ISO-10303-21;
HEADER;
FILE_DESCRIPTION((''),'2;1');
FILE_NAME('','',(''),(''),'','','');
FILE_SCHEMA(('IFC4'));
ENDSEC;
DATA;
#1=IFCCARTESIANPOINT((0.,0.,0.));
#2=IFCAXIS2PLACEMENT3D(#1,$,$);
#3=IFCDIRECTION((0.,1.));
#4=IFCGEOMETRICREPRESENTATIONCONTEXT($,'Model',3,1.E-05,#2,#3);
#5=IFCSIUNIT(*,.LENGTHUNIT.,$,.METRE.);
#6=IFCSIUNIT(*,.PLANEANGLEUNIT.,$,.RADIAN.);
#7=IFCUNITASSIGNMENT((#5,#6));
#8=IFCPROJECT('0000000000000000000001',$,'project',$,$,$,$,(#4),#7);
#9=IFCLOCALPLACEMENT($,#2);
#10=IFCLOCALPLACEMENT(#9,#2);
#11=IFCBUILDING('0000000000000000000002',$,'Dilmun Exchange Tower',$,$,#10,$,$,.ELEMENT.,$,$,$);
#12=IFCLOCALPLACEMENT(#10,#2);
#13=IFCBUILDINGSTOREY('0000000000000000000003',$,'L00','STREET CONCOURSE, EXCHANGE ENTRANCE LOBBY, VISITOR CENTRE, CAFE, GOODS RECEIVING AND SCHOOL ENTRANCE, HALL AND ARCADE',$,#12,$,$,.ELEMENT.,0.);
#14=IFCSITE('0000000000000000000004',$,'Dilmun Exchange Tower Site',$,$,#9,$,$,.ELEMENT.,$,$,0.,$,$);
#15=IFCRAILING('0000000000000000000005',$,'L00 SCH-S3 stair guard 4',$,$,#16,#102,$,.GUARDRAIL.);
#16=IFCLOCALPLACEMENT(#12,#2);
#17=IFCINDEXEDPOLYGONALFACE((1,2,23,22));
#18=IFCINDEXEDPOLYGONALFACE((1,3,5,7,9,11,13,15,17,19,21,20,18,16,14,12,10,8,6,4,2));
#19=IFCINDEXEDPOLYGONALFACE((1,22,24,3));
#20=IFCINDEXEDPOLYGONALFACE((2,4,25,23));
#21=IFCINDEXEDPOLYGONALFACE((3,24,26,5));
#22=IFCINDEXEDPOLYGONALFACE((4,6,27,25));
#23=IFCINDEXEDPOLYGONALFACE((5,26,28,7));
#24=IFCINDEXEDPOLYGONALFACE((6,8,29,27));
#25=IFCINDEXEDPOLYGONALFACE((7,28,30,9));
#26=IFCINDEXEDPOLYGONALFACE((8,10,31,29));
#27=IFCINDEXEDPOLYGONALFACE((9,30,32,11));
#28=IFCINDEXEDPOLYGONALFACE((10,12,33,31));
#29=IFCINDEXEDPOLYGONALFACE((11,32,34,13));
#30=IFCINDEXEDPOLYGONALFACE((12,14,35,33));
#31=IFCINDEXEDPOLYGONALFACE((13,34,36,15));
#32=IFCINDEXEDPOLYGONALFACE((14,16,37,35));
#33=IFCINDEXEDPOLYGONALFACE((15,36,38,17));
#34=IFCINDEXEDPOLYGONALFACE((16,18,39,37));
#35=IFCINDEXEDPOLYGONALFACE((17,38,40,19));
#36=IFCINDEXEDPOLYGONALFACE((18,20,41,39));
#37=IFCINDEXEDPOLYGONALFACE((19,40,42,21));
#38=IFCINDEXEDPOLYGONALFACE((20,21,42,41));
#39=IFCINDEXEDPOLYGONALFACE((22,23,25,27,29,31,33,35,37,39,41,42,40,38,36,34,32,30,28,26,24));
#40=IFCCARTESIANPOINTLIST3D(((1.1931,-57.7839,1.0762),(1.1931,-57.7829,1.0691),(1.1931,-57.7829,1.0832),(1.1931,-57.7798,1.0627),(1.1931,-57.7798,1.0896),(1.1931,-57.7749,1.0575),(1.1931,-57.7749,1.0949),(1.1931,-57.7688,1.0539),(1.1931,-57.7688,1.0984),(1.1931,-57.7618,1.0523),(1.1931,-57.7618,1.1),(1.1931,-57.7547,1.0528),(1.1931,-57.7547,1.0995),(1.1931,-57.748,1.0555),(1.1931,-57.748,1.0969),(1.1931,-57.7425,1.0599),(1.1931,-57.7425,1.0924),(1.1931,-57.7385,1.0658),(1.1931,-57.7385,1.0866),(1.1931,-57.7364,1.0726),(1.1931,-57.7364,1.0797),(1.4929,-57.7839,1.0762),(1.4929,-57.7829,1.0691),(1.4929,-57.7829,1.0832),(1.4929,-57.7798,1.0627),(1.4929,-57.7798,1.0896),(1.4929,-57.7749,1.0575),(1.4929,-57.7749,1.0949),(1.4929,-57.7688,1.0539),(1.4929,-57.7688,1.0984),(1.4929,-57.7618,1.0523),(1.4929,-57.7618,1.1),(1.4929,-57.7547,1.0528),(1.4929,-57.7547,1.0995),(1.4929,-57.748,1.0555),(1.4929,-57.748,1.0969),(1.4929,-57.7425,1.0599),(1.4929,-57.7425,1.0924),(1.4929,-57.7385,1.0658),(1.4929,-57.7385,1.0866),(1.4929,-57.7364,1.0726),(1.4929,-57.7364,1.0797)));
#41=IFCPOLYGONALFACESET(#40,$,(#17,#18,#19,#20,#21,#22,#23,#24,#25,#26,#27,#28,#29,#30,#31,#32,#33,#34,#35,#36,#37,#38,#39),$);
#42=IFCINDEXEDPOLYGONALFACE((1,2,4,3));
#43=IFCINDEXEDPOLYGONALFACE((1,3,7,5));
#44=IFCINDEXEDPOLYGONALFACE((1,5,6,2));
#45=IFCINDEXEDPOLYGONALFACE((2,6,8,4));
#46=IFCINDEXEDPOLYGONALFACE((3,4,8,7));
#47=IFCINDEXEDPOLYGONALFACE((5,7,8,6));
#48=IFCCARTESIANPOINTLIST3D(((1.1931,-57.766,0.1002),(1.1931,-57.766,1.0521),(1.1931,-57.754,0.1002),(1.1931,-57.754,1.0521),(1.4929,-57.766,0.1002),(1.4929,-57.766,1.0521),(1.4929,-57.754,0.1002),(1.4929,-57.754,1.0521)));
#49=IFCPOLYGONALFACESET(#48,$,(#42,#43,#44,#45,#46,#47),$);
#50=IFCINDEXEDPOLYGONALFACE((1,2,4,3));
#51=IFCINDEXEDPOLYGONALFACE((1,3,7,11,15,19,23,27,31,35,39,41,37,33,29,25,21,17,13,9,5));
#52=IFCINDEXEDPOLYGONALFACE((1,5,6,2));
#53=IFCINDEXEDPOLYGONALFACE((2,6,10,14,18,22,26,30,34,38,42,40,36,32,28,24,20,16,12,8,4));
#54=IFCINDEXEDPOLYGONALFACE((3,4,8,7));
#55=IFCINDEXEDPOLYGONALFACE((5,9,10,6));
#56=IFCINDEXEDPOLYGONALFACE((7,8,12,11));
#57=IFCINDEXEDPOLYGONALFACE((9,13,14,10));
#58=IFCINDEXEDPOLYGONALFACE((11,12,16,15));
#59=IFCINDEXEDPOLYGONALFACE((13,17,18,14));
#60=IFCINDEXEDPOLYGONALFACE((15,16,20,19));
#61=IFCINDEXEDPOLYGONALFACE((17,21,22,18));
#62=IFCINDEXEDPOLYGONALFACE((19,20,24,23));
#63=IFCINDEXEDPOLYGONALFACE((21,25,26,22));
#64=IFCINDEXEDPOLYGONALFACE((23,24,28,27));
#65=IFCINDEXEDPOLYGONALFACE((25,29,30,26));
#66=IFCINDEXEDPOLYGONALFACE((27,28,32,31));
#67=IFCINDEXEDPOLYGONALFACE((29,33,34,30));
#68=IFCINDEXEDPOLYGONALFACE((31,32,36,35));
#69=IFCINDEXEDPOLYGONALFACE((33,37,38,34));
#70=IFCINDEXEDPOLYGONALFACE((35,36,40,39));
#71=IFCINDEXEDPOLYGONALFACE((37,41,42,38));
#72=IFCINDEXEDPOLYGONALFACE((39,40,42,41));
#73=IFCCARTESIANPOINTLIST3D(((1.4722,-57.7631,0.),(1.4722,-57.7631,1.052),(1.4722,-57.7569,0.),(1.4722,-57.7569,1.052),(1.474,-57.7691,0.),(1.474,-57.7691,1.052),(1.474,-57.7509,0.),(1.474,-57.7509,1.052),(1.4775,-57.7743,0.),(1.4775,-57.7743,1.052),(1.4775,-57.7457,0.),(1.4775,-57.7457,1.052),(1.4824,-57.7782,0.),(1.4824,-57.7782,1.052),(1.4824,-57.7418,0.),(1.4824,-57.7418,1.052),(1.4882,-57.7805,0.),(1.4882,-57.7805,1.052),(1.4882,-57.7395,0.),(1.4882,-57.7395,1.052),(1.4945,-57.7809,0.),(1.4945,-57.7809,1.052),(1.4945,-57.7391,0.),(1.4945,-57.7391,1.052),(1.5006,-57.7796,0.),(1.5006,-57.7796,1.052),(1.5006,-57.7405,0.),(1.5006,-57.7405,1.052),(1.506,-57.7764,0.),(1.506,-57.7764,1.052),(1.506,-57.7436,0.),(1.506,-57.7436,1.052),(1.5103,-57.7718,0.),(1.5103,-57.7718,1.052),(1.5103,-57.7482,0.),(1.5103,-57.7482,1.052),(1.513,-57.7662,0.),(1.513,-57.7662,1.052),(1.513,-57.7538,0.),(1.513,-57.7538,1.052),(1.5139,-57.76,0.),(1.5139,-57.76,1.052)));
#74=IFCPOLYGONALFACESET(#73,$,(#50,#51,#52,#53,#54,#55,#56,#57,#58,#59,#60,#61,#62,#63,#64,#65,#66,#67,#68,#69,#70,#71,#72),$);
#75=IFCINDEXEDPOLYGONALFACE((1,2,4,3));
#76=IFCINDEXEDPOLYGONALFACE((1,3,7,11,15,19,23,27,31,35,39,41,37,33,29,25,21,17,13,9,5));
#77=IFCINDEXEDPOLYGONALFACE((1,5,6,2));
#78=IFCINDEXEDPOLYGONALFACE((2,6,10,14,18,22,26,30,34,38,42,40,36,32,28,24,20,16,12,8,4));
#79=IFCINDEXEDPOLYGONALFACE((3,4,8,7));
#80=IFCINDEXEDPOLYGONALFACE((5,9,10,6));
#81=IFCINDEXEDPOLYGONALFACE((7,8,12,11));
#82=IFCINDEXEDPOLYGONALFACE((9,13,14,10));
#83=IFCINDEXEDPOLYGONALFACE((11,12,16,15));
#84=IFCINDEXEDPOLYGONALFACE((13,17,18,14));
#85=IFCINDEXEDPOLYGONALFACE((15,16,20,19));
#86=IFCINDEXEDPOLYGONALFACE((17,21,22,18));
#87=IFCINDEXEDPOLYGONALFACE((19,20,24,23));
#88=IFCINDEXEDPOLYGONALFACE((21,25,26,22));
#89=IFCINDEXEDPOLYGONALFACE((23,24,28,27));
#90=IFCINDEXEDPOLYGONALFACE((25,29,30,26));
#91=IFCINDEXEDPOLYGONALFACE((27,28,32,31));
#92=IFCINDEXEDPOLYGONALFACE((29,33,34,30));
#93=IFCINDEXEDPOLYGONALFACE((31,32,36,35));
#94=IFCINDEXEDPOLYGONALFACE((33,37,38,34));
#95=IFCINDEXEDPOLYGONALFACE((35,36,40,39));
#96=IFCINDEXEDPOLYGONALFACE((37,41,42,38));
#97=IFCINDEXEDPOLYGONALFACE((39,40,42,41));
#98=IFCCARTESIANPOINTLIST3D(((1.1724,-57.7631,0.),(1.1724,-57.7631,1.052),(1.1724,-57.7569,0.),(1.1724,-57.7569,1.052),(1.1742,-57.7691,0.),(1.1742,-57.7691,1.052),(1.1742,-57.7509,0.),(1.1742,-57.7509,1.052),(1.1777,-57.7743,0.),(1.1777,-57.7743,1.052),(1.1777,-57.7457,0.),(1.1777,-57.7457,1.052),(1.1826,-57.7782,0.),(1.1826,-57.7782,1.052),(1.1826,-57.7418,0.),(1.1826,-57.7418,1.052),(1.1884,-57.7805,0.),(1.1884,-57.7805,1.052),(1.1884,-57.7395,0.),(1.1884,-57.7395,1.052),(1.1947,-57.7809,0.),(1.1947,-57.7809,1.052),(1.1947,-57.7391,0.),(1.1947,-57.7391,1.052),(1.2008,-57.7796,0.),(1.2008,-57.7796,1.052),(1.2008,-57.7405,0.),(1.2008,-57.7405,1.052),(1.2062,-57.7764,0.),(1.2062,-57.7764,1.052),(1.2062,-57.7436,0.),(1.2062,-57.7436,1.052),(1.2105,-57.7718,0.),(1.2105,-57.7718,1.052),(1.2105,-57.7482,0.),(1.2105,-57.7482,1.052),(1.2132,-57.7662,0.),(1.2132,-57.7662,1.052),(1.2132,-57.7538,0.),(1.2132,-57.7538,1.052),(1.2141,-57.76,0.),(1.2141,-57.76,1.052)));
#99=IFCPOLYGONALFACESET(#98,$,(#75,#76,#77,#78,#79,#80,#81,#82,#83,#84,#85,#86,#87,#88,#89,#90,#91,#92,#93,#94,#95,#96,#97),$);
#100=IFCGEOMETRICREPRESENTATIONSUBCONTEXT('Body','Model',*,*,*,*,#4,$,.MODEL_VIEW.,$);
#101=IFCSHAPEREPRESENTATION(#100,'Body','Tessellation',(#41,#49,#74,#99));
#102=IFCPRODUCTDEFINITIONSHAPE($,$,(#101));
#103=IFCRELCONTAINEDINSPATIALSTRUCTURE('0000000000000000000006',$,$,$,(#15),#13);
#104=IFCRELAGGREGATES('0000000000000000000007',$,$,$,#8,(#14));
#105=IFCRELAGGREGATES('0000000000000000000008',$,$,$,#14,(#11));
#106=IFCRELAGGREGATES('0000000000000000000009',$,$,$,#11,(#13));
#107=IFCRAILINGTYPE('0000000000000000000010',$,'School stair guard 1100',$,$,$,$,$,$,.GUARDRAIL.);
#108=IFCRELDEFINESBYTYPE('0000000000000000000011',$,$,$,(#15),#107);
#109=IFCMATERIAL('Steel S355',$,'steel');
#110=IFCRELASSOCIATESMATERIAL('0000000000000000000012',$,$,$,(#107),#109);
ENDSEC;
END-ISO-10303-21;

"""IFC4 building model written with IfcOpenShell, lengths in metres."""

from ifc_helpers import new_model, si_unit, direction, frame, origin, origin_2d, place, context, subcontext, project, spatial, rectangle, circle, extrude, material, type_object, element, save


model = new_model("IFC4")

# Units and contexts
model_context = context("Model", 3, precision=1e-05, world=origin(), true_north=direction((0.0, 1.0)))
body_context = subcontext(model_context, "Body", "Model", "MODEL_VIEW")
ifc_project = project(units=[si_unit("LENGTHUNIT", "METRE"), si_unit("PLANEANGLEUNIT", "RADIAN")], contexts=[model_context])

# Site, building, storey
site_placement = place(None, origin())
site = spatial("IfcSite", under=ifc_project, at=site_placement, Name="Dilmun Exchange Tower Site", CompositionType="ELEMENT", RefElevation=0.0)
building_placement = place(site_placement, origin())
building = spatial("IfcBuilding", under=site, at=building_placement, Name="Dilmun Exchange Tower", CompositionType="ELEMENT")
storey_placement = place(building_placement, origin())
storey = spatial("IfcBuildingStorey", under=building, at=storey_placement, Name="L00", Description="STREET CONCOURSE, EXCHANGE ENTRANCE LOBBY, VISITOR CENTRE, CAFE, GOODS RECEIVING AND SCHOOL ENTRANCE, HALL AND ARCADE", CompositionType="ELEMENT", Elevation=0.0)

# Railing
ifc_material_1 = material(Name="Steel S355", Category="steel")
railing_type_1 = type_object("IfcRailingType", Name="School stair guard 1100", PredefinedType="GUARDRAIL", material=ifc_material_1)
railing_1_placement = place(storey_placement, frame((1.4929, -57.76, 0.0)))
element("IfcRailing", 1, at=railing_1_placement, inside=storey, type_object=railing_type_1, Name="L00 SCH-S3 stair guard 4", PredefinedType="GUARDRAIL", context=body_context, shape_type="SweptSolid", body=[
    extrude(circle(Radius=0.0239, at=origin_2d()), frame((0.0, 0.0, 1.0762), z_axis=(-1.0, 0.0, 0.0), x_axis=(0.0, -1.0, 0.0)), (0.0, 0.0, 1.0), 0.2998),
    extrude(rectangle(XDim=0.012, YDim=0.9519, at=origin_2d()), frame((0.0, 0.0, 0.5762), z_axis=(-1.0, 0.0, 0.0), x_axis=(0.0, -1.0, 0.0)), (0.0, 0.0, 1.0), 0.2998),
    extrude(circle(Radius=0.021, at=origin_2d()), origin(), (0.0, 0.0, 1.0), 1.052),
    extrude(circle(Radius=0.021, at=origin_2d()), frame((-0.2998, 0.0, 0.0)), (0.0, 0.0, 1.0), 1.052),
])

save(model, "model.ifc")
